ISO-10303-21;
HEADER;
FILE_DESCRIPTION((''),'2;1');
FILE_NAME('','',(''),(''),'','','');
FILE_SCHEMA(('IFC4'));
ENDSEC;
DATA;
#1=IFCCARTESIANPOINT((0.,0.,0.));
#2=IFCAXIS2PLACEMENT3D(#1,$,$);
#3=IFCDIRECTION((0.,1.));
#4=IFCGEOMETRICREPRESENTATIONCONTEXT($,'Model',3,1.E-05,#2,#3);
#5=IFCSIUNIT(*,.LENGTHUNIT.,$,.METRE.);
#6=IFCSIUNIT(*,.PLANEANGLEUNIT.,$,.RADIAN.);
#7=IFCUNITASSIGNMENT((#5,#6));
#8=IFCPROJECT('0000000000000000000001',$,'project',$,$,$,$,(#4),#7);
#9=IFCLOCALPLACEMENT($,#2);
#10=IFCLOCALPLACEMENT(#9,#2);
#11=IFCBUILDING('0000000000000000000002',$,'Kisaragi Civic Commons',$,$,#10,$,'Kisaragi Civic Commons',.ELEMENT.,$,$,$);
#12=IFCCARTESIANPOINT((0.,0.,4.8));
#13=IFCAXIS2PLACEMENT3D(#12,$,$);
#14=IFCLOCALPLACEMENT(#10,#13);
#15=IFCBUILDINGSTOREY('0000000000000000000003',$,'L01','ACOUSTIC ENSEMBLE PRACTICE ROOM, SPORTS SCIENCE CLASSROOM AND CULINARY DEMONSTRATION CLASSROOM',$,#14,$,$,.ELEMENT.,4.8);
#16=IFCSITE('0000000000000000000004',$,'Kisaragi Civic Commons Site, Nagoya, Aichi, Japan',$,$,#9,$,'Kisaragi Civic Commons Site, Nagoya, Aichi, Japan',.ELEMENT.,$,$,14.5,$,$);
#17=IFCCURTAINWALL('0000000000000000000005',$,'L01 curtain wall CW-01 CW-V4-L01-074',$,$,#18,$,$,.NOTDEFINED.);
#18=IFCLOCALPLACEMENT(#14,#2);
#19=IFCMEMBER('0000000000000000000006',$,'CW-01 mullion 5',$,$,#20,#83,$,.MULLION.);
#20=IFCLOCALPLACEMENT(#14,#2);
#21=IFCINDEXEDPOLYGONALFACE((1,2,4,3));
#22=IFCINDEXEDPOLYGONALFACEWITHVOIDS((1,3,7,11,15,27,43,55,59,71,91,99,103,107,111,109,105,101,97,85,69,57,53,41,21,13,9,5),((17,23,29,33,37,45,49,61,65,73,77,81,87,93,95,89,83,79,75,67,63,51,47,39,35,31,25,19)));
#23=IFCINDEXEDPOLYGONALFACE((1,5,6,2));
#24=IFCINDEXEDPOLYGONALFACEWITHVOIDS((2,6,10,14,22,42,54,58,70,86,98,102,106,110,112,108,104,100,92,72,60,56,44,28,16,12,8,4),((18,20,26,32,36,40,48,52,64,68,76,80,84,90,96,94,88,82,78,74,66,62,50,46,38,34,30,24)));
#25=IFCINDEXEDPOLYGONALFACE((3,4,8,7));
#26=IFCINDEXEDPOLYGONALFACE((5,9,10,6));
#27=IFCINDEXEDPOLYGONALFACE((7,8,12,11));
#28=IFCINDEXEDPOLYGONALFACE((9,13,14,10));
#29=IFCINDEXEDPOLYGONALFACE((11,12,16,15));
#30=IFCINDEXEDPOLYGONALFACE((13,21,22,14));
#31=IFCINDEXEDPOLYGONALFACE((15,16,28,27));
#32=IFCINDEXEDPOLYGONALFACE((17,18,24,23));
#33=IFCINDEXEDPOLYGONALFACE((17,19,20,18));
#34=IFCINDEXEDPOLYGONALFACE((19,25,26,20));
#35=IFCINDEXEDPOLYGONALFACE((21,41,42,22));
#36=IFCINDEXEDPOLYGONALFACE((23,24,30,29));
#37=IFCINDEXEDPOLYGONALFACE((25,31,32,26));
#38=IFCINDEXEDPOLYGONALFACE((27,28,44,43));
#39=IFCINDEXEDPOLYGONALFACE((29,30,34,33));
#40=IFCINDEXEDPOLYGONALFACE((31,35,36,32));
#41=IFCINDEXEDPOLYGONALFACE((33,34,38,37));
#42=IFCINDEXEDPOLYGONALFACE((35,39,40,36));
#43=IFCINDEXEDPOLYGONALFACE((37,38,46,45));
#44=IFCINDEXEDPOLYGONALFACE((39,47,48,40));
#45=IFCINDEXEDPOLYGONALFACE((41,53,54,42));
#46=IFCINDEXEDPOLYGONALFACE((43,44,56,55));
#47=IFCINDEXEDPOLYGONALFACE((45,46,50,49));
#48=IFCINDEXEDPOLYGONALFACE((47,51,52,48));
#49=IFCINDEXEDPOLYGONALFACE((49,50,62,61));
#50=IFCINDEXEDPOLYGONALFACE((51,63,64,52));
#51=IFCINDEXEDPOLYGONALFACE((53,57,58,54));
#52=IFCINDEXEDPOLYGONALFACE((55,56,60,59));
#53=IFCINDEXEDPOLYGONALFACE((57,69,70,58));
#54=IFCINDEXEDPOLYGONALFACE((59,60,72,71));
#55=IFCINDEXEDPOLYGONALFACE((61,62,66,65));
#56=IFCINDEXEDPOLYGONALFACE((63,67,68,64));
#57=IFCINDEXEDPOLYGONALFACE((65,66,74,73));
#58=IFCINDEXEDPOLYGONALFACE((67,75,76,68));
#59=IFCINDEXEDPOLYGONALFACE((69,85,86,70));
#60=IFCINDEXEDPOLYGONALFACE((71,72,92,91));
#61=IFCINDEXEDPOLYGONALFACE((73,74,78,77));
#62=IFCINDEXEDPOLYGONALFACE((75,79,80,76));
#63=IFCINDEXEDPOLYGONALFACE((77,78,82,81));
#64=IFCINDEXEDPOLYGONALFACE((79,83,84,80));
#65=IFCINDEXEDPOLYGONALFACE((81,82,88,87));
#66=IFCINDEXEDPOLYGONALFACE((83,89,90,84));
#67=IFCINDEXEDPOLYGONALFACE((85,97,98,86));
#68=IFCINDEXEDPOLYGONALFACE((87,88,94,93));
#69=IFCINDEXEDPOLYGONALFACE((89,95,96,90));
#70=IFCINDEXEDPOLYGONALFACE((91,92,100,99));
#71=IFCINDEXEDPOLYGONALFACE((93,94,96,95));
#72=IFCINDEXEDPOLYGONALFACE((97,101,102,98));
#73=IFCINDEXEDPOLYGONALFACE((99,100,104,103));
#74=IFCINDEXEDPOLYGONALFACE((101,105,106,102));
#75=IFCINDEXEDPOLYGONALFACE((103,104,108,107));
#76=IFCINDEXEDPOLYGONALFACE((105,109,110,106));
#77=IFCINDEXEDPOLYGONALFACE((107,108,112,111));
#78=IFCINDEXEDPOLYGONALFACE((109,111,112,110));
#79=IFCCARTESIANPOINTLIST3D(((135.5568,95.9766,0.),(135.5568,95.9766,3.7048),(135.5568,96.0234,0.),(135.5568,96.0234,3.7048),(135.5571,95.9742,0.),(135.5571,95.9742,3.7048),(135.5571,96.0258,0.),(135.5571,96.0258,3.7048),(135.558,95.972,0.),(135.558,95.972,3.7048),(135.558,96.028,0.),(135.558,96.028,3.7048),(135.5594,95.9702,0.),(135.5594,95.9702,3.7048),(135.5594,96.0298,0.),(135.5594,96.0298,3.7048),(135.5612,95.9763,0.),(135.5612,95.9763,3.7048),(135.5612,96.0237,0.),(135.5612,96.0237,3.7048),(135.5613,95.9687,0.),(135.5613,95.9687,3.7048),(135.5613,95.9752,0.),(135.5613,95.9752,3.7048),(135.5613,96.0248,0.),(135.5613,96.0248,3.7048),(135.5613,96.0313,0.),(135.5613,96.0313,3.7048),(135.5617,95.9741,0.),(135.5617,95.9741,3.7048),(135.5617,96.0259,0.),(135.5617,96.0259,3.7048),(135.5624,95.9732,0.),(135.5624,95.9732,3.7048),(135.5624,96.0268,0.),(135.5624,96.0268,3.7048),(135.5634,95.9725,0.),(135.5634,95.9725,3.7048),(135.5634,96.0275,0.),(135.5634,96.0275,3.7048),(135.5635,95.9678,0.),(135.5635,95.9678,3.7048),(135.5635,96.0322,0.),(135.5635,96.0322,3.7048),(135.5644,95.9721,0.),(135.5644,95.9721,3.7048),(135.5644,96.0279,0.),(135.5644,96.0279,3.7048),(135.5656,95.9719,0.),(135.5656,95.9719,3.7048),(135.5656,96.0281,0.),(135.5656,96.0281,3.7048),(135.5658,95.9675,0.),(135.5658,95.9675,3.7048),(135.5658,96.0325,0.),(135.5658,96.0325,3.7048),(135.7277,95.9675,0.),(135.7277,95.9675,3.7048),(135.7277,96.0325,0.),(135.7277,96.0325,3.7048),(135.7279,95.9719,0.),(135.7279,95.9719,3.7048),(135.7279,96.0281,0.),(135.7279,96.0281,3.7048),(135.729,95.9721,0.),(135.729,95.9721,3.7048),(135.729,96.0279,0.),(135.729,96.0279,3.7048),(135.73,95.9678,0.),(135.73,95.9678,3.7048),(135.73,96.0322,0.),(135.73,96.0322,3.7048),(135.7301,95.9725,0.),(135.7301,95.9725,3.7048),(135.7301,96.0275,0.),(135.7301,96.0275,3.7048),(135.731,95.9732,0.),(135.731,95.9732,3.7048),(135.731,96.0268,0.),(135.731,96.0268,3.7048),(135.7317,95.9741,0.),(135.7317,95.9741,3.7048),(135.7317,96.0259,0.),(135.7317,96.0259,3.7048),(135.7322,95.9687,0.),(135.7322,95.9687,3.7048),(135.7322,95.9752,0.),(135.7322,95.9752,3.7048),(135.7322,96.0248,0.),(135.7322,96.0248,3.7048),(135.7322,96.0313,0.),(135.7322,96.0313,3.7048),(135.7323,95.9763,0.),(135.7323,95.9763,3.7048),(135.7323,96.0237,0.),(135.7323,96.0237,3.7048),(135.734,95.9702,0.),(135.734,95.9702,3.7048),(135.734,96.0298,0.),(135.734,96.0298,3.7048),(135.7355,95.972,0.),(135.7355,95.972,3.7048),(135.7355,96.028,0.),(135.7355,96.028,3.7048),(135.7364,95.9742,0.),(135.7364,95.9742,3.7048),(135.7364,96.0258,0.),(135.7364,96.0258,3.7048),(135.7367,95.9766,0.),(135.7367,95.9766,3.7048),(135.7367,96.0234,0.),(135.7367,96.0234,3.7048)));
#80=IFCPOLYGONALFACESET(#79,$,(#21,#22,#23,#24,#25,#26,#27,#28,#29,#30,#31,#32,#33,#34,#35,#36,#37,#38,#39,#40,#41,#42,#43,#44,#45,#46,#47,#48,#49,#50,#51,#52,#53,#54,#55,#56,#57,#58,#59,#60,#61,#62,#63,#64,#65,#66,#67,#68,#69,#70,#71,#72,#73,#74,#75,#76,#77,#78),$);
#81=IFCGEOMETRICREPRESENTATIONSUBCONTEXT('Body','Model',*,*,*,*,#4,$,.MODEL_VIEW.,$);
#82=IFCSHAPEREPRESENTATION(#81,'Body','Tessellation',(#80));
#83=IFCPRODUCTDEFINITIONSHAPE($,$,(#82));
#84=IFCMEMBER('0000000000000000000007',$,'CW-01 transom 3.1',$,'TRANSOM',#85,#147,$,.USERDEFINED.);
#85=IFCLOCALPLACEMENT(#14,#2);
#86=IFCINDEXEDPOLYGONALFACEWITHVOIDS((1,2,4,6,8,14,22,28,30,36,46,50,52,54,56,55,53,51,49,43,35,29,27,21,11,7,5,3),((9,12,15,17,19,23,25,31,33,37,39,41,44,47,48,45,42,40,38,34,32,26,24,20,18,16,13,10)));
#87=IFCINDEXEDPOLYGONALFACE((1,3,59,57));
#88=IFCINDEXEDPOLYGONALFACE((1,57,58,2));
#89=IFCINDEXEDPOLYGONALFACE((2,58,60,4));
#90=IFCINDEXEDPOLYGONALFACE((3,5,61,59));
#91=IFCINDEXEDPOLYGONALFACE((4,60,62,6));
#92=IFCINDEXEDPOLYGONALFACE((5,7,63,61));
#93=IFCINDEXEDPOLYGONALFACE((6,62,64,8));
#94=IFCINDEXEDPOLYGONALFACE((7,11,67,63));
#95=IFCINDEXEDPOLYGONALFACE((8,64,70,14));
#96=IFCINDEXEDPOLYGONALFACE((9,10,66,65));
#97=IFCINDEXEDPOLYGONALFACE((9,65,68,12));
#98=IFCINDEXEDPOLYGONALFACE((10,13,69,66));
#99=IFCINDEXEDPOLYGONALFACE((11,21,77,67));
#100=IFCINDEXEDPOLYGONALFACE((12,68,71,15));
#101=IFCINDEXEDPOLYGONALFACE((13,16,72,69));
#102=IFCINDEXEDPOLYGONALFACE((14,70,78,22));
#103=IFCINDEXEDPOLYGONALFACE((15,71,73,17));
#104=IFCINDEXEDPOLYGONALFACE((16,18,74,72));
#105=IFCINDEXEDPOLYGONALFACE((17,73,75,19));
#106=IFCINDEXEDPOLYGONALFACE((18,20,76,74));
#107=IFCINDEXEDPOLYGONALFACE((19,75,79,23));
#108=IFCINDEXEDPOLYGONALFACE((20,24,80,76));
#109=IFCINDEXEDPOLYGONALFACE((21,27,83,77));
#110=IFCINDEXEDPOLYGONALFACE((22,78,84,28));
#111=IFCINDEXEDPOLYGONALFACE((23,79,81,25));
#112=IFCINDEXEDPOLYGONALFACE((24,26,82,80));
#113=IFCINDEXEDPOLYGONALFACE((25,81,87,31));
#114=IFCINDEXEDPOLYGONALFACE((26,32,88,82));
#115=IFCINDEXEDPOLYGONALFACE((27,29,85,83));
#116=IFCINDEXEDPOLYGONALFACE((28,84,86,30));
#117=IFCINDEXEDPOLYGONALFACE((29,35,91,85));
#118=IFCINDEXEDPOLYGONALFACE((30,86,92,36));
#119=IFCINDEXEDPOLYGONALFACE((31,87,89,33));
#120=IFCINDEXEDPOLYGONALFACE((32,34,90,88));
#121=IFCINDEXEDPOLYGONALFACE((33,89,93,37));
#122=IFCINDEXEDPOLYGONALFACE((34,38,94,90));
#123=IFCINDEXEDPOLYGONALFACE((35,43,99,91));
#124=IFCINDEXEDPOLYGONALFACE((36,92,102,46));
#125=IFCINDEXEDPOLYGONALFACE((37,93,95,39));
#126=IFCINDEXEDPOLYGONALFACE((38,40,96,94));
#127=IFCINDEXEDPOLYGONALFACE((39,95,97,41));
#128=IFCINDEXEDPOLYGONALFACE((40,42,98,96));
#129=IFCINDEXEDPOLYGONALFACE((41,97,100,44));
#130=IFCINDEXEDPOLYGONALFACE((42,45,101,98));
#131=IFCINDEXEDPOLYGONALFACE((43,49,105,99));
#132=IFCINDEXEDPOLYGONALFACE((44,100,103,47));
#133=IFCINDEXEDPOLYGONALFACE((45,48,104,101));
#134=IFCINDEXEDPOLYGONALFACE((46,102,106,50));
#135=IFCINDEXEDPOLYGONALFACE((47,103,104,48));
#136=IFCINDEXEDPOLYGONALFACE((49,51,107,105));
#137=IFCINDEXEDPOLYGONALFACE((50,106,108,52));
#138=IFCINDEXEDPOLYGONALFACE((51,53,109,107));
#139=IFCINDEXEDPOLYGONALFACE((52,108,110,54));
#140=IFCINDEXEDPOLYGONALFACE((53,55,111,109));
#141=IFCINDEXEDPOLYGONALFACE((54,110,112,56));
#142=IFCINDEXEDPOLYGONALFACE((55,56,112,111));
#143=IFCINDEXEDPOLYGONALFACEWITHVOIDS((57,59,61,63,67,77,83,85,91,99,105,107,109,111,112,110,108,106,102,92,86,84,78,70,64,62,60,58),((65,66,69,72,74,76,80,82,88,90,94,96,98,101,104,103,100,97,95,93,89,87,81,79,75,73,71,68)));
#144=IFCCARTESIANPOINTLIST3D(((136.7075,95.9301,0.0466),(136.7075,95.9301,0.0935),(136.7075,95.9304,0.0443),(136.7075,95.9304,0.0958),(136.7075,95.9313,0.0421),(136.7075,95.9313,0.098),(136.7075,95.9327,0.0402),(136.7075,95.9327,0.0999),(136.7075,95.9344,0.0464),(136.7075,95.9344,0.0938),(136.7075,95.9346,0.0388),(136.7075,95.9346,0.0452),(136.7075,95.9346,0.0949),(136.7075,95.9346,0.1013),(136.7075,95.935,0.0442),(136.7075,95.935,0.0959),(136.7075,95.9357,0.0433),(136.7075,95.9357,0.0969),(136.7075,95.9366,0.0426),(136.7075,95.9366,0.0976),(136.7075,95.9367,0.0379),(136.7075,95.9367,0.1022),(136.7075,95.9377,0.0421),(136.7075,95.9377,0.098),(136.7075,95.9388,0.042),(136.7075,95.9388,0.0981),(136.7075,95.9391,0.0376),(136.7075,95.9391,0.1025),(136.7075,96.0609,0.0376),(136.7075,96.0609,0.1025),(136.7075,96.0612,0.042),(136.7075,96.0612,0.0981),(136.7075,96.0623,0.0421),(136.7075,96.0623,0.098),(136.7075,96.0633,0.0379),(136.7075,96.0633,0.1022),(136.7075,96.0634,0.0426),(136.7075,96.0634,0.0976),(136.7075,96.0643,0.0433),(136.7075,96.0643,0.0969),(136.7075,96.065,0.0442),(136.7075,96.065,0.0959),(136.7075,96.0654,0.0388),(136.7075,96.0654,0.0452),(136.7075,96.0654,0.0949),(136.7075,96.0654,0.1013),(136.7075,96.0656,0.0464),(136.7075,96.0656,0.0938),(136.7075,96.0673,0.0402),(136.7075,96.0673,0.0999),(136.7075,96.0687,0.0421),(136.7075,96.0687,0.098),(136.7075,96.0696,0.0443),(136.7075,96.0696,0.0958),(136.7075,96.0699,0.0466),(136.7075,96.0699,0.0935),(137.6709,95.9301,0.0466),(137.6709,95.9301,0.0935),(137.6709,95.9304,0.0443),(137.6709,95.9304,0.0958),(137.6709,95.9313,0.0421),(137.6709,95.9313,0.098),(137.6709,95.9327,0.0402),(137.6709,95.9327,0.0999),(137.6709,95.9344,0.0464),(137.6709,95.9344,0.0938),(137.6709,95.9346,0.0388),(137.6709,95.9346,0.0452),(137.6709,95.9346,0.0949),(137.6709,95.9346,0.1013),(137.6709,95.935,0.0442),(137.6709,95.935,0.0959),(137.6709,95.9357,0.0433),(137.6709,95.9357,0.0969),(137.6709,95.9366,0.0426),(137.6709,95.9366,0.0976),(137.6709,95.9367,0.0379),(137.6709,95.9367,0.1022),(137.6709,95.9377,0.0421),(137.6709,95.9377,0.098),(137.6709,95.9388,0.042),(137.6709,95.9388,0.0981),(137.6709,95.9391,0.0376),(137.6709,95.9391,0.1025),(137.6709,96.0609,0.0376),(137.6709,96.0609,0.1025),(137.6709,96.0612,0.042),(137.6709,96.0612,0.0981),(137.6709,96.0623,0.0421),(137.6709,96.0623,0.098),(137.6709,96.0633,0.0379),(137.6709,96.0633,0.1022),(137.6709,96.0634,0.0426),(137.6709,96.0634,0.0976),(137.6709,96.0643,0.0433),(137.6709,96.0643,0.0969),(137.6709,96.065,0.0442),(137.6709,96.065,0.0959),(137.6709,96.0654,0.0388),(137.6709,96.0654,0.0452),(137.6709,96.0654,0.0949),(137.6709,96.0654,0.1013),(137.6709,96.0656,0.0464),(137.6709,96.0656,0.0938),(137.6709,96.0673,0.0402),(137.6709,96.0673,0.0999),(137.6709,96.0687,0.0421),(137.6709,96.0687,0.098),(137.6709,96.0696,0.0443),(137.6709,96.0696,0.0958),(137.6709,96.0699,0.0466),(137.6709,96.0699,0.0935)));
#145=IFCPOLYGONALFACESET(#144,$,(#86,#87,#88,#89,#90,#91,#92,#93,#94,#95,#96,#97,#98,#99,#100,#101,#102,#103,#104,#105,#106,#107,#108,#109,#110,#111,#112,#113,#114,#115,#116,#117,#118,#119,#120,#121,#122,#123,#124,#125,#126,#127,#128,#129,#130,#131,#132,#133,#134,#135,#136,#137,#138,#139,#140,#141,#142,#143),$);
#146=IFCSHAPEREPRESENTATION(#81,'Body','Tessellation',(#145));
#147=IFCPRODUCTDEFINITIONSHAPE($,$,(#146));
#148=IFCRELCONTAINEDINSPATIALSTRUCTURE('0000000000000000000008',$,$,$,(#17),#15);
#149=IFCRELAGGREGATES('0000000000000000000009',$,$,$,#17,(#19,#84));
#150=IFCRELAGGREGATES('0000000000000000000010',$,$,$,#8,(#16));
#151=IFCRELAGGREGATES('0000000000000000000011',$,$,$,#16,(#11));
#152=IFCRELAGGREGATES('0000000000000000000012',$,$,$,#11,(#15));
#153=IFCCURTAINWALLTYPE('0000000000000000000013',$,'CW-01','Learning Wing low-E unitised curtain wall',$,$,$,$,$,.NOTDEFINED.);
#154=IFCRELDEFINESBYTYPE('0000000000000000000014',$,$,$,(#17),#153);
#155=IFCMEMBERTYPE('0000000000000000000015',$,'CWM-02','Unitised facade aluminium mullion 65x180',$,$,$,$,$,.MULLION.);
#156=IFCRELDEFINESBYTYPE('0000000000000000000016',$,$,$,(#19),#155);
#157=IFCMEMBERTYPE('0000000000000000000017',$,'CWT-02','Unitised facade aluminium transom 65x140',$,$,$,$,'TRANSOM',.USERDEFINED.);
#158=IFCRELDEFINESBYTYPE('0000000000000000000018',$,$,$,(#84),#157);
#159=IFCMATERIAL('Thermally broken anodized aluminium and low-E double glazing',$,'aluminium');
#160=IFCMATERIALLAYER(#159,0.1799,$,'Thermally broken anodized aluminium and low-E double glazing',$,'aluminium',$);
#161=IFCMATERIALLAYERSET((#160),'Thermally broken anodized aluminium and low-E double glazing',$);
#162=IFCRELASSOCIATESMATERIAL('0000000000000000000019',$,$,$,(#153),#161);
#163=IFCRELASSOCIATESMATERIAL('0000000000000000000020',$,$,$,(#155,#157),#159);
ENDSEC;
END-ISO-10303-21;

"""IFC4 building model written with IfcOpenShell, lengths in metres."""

from ifc_helpers import new_model, si_unit, direction, frame, origin, origin_2d, place, context, subcontext, project, spatial, hollow_rectangle, extrude, material, layer, layer_set, material_profile, profile_set, type_object, element, aggregate, save


model = new_model("IFC4")

# Units and contexts
model_context = context("Model", 3, precision=1e-05, world=origin(), true_north=direction((0.0, 1.0)))
body_context = subcontext(model_context, "Body", "Model", "MODEL_VIEW")
ifc_project = project(units=[si_unit("LENGTHUNIT", "METRE"), si_unit("PLANEANGLEUNIT", "RADIAN")], contexts=[model_context])

# Site, building, storey
site_placement = place(None, origin())
site = spatial("IfcSite", under=ifc_project, at=site_placement, Name="Kisaragi Civic Commons Site, Nagoya, Aichi, Japan", LongName="Kisaragi Civic Commons Site, Nagoya, Aichi, Japan", CompositionType="ELEMENT", RefElevation=14.5)
building_placement = place(site_placement, origin())
building = spatial("IfcBuilding", under=site, at=building_placement, Name="Kisaragi Civic Commons", LongName="Kisaragi Civic Commons", CompositionType="ELEMENT")
storey_placement = place(building_placement, frame((0.0, 0.0, 4.8)))
storey = spatial("IfcBuildingStorey", under=building, at=storey_placement, Name="L01", Description="ACOUSTIC ENSEMBLE PRACTICE ROOM, SPORTS SCIENCE CLASSROOM AND CULINARY DEMONSTRATION CLASSROOM", CompositionType="ELEMENT", Elevation=4.8)

# Curtain wall, members
ifc_material = material(Name="Thermally broken anodized aluminium and low-E double glazing", Category="aluminium")
ifc_layer_1 = layer(ifc_material, 0.1799, Name="Thermally broken anodized aluminium and low-E double glazing", Category="aluminium")
ifc_layer_set_1 = layer_set([ifc_layer_1], Name="Thermally broken anodized aluminium and low-E double glazing")
curtain_wall_type = type_object("IfcCurtainWallType", Name="CW-01", Description="Learning Wing low-E unitised curtain wall", PredefinedType="NOTDEFINED", material=ifc_layer_set_1)
curtain_wall_placement = place(storey_placement, origin())
curtain_wall = element("IfcCurtainWall", 1, at=curtain_wall_placement, inside=storey, type_object=curtain_wall_type, Name="L01 curtain wall CW-01 CW-V4-L01-074", PredefinedType="NOTDEFINED")
ifc_material_profile_1 = material_profile(ifc_material, hollow_rectangle(XDim=0.0649, YDim=0.1799, WallThickness=0.0044, InnerFilletRadius=0.0044, OuterFilletRadius=0.009, at=origin_2d()), Name="CWM-65x180x4.5", Category="aluminium")
ifc_profile_set_1 = profile_set([ifc_material_profile_1], Name="Thermally broken anodized aluminium and low-E double glazing")
member_type_1 = type_object("IfcMemberType", Name="CWM-02", Description="Unitised facade aluminium mullion 65x180", PredefinedType="MULLION", material=ifc_profile_set_1)
member_1_placement = place(storey_placement, frame((135.6467, 96.0, 0.0), z_axis=(0.0, 0.0, 1.0), x_axis=(0.0, -1.0, 0.0)))
member_1 = element("IfcMember", 2, at=member_1_placement, type_object=member_type_1, Name="CW-01 mullion 5", PredefinedType="MULLION", context=body_context, shape_type="SweptSolid", body=[
    extrude(hollow_rectangle(XDim=0.0649, YDim=0.1799, WallThickness=0.0044, InnerFilletRadius=0.0044, OuterFilletRadius=0.009, at=origin_2d()), origin(), (0.0, 0.0, 1.0), 3.7048),
])
ifc_material_profile_2 = material_profile(ifc_material, hollow_rectangle(XDim=0.1399, YDim=0.0649, WallThickness=0.0044, InnerFilletRadius=0.0044, OuterFilletRadius=0.009, at=origin_2d()), Name="CWT-65x140x4.5", Category="aluminium")
ifc_profile_set_2 = profile_set([ifc_material_profile_2], Name="Thermally broken anodized aluminium and low-E double glazing")
member_type_2 = type_object("IfcMemberType", Name="CWT-02", Description="Unitised facade aluminium transom 65x140", ElementType="TRANSOM", PredefinedType="USERDEFINED", material=ifc_profile_set_2)
member_2_placement = place(storey_placement, frame((137.6709, 96.0, 0.0701), z_axis=(-1.0, 0.0, 0.0), x_axis=(0.0, -1.0, 0.0)))
member_2 = element("IfcMember", 3, at=member_2_placement, type_object=member_type_2, Name="CW-01 transom 3.1", ObjectType="TRANSOM", PredefinedType="USERDEFINED", context=body_context, shape_type="SweptSolid", body=[
    extrude(hollow_rectangle(XDim=0.1399, YDim=0.0649, WallThickness=0.0044, InnerFilletRadius=0.0044, OuterFilletRadius=0.009, at=origin_2d()), origin(), (0.0, 0.0, 1.0), 0.9634),
])
aggregate(curtain_wall, [member_1, member_2])

save(model, "model.ifc")
